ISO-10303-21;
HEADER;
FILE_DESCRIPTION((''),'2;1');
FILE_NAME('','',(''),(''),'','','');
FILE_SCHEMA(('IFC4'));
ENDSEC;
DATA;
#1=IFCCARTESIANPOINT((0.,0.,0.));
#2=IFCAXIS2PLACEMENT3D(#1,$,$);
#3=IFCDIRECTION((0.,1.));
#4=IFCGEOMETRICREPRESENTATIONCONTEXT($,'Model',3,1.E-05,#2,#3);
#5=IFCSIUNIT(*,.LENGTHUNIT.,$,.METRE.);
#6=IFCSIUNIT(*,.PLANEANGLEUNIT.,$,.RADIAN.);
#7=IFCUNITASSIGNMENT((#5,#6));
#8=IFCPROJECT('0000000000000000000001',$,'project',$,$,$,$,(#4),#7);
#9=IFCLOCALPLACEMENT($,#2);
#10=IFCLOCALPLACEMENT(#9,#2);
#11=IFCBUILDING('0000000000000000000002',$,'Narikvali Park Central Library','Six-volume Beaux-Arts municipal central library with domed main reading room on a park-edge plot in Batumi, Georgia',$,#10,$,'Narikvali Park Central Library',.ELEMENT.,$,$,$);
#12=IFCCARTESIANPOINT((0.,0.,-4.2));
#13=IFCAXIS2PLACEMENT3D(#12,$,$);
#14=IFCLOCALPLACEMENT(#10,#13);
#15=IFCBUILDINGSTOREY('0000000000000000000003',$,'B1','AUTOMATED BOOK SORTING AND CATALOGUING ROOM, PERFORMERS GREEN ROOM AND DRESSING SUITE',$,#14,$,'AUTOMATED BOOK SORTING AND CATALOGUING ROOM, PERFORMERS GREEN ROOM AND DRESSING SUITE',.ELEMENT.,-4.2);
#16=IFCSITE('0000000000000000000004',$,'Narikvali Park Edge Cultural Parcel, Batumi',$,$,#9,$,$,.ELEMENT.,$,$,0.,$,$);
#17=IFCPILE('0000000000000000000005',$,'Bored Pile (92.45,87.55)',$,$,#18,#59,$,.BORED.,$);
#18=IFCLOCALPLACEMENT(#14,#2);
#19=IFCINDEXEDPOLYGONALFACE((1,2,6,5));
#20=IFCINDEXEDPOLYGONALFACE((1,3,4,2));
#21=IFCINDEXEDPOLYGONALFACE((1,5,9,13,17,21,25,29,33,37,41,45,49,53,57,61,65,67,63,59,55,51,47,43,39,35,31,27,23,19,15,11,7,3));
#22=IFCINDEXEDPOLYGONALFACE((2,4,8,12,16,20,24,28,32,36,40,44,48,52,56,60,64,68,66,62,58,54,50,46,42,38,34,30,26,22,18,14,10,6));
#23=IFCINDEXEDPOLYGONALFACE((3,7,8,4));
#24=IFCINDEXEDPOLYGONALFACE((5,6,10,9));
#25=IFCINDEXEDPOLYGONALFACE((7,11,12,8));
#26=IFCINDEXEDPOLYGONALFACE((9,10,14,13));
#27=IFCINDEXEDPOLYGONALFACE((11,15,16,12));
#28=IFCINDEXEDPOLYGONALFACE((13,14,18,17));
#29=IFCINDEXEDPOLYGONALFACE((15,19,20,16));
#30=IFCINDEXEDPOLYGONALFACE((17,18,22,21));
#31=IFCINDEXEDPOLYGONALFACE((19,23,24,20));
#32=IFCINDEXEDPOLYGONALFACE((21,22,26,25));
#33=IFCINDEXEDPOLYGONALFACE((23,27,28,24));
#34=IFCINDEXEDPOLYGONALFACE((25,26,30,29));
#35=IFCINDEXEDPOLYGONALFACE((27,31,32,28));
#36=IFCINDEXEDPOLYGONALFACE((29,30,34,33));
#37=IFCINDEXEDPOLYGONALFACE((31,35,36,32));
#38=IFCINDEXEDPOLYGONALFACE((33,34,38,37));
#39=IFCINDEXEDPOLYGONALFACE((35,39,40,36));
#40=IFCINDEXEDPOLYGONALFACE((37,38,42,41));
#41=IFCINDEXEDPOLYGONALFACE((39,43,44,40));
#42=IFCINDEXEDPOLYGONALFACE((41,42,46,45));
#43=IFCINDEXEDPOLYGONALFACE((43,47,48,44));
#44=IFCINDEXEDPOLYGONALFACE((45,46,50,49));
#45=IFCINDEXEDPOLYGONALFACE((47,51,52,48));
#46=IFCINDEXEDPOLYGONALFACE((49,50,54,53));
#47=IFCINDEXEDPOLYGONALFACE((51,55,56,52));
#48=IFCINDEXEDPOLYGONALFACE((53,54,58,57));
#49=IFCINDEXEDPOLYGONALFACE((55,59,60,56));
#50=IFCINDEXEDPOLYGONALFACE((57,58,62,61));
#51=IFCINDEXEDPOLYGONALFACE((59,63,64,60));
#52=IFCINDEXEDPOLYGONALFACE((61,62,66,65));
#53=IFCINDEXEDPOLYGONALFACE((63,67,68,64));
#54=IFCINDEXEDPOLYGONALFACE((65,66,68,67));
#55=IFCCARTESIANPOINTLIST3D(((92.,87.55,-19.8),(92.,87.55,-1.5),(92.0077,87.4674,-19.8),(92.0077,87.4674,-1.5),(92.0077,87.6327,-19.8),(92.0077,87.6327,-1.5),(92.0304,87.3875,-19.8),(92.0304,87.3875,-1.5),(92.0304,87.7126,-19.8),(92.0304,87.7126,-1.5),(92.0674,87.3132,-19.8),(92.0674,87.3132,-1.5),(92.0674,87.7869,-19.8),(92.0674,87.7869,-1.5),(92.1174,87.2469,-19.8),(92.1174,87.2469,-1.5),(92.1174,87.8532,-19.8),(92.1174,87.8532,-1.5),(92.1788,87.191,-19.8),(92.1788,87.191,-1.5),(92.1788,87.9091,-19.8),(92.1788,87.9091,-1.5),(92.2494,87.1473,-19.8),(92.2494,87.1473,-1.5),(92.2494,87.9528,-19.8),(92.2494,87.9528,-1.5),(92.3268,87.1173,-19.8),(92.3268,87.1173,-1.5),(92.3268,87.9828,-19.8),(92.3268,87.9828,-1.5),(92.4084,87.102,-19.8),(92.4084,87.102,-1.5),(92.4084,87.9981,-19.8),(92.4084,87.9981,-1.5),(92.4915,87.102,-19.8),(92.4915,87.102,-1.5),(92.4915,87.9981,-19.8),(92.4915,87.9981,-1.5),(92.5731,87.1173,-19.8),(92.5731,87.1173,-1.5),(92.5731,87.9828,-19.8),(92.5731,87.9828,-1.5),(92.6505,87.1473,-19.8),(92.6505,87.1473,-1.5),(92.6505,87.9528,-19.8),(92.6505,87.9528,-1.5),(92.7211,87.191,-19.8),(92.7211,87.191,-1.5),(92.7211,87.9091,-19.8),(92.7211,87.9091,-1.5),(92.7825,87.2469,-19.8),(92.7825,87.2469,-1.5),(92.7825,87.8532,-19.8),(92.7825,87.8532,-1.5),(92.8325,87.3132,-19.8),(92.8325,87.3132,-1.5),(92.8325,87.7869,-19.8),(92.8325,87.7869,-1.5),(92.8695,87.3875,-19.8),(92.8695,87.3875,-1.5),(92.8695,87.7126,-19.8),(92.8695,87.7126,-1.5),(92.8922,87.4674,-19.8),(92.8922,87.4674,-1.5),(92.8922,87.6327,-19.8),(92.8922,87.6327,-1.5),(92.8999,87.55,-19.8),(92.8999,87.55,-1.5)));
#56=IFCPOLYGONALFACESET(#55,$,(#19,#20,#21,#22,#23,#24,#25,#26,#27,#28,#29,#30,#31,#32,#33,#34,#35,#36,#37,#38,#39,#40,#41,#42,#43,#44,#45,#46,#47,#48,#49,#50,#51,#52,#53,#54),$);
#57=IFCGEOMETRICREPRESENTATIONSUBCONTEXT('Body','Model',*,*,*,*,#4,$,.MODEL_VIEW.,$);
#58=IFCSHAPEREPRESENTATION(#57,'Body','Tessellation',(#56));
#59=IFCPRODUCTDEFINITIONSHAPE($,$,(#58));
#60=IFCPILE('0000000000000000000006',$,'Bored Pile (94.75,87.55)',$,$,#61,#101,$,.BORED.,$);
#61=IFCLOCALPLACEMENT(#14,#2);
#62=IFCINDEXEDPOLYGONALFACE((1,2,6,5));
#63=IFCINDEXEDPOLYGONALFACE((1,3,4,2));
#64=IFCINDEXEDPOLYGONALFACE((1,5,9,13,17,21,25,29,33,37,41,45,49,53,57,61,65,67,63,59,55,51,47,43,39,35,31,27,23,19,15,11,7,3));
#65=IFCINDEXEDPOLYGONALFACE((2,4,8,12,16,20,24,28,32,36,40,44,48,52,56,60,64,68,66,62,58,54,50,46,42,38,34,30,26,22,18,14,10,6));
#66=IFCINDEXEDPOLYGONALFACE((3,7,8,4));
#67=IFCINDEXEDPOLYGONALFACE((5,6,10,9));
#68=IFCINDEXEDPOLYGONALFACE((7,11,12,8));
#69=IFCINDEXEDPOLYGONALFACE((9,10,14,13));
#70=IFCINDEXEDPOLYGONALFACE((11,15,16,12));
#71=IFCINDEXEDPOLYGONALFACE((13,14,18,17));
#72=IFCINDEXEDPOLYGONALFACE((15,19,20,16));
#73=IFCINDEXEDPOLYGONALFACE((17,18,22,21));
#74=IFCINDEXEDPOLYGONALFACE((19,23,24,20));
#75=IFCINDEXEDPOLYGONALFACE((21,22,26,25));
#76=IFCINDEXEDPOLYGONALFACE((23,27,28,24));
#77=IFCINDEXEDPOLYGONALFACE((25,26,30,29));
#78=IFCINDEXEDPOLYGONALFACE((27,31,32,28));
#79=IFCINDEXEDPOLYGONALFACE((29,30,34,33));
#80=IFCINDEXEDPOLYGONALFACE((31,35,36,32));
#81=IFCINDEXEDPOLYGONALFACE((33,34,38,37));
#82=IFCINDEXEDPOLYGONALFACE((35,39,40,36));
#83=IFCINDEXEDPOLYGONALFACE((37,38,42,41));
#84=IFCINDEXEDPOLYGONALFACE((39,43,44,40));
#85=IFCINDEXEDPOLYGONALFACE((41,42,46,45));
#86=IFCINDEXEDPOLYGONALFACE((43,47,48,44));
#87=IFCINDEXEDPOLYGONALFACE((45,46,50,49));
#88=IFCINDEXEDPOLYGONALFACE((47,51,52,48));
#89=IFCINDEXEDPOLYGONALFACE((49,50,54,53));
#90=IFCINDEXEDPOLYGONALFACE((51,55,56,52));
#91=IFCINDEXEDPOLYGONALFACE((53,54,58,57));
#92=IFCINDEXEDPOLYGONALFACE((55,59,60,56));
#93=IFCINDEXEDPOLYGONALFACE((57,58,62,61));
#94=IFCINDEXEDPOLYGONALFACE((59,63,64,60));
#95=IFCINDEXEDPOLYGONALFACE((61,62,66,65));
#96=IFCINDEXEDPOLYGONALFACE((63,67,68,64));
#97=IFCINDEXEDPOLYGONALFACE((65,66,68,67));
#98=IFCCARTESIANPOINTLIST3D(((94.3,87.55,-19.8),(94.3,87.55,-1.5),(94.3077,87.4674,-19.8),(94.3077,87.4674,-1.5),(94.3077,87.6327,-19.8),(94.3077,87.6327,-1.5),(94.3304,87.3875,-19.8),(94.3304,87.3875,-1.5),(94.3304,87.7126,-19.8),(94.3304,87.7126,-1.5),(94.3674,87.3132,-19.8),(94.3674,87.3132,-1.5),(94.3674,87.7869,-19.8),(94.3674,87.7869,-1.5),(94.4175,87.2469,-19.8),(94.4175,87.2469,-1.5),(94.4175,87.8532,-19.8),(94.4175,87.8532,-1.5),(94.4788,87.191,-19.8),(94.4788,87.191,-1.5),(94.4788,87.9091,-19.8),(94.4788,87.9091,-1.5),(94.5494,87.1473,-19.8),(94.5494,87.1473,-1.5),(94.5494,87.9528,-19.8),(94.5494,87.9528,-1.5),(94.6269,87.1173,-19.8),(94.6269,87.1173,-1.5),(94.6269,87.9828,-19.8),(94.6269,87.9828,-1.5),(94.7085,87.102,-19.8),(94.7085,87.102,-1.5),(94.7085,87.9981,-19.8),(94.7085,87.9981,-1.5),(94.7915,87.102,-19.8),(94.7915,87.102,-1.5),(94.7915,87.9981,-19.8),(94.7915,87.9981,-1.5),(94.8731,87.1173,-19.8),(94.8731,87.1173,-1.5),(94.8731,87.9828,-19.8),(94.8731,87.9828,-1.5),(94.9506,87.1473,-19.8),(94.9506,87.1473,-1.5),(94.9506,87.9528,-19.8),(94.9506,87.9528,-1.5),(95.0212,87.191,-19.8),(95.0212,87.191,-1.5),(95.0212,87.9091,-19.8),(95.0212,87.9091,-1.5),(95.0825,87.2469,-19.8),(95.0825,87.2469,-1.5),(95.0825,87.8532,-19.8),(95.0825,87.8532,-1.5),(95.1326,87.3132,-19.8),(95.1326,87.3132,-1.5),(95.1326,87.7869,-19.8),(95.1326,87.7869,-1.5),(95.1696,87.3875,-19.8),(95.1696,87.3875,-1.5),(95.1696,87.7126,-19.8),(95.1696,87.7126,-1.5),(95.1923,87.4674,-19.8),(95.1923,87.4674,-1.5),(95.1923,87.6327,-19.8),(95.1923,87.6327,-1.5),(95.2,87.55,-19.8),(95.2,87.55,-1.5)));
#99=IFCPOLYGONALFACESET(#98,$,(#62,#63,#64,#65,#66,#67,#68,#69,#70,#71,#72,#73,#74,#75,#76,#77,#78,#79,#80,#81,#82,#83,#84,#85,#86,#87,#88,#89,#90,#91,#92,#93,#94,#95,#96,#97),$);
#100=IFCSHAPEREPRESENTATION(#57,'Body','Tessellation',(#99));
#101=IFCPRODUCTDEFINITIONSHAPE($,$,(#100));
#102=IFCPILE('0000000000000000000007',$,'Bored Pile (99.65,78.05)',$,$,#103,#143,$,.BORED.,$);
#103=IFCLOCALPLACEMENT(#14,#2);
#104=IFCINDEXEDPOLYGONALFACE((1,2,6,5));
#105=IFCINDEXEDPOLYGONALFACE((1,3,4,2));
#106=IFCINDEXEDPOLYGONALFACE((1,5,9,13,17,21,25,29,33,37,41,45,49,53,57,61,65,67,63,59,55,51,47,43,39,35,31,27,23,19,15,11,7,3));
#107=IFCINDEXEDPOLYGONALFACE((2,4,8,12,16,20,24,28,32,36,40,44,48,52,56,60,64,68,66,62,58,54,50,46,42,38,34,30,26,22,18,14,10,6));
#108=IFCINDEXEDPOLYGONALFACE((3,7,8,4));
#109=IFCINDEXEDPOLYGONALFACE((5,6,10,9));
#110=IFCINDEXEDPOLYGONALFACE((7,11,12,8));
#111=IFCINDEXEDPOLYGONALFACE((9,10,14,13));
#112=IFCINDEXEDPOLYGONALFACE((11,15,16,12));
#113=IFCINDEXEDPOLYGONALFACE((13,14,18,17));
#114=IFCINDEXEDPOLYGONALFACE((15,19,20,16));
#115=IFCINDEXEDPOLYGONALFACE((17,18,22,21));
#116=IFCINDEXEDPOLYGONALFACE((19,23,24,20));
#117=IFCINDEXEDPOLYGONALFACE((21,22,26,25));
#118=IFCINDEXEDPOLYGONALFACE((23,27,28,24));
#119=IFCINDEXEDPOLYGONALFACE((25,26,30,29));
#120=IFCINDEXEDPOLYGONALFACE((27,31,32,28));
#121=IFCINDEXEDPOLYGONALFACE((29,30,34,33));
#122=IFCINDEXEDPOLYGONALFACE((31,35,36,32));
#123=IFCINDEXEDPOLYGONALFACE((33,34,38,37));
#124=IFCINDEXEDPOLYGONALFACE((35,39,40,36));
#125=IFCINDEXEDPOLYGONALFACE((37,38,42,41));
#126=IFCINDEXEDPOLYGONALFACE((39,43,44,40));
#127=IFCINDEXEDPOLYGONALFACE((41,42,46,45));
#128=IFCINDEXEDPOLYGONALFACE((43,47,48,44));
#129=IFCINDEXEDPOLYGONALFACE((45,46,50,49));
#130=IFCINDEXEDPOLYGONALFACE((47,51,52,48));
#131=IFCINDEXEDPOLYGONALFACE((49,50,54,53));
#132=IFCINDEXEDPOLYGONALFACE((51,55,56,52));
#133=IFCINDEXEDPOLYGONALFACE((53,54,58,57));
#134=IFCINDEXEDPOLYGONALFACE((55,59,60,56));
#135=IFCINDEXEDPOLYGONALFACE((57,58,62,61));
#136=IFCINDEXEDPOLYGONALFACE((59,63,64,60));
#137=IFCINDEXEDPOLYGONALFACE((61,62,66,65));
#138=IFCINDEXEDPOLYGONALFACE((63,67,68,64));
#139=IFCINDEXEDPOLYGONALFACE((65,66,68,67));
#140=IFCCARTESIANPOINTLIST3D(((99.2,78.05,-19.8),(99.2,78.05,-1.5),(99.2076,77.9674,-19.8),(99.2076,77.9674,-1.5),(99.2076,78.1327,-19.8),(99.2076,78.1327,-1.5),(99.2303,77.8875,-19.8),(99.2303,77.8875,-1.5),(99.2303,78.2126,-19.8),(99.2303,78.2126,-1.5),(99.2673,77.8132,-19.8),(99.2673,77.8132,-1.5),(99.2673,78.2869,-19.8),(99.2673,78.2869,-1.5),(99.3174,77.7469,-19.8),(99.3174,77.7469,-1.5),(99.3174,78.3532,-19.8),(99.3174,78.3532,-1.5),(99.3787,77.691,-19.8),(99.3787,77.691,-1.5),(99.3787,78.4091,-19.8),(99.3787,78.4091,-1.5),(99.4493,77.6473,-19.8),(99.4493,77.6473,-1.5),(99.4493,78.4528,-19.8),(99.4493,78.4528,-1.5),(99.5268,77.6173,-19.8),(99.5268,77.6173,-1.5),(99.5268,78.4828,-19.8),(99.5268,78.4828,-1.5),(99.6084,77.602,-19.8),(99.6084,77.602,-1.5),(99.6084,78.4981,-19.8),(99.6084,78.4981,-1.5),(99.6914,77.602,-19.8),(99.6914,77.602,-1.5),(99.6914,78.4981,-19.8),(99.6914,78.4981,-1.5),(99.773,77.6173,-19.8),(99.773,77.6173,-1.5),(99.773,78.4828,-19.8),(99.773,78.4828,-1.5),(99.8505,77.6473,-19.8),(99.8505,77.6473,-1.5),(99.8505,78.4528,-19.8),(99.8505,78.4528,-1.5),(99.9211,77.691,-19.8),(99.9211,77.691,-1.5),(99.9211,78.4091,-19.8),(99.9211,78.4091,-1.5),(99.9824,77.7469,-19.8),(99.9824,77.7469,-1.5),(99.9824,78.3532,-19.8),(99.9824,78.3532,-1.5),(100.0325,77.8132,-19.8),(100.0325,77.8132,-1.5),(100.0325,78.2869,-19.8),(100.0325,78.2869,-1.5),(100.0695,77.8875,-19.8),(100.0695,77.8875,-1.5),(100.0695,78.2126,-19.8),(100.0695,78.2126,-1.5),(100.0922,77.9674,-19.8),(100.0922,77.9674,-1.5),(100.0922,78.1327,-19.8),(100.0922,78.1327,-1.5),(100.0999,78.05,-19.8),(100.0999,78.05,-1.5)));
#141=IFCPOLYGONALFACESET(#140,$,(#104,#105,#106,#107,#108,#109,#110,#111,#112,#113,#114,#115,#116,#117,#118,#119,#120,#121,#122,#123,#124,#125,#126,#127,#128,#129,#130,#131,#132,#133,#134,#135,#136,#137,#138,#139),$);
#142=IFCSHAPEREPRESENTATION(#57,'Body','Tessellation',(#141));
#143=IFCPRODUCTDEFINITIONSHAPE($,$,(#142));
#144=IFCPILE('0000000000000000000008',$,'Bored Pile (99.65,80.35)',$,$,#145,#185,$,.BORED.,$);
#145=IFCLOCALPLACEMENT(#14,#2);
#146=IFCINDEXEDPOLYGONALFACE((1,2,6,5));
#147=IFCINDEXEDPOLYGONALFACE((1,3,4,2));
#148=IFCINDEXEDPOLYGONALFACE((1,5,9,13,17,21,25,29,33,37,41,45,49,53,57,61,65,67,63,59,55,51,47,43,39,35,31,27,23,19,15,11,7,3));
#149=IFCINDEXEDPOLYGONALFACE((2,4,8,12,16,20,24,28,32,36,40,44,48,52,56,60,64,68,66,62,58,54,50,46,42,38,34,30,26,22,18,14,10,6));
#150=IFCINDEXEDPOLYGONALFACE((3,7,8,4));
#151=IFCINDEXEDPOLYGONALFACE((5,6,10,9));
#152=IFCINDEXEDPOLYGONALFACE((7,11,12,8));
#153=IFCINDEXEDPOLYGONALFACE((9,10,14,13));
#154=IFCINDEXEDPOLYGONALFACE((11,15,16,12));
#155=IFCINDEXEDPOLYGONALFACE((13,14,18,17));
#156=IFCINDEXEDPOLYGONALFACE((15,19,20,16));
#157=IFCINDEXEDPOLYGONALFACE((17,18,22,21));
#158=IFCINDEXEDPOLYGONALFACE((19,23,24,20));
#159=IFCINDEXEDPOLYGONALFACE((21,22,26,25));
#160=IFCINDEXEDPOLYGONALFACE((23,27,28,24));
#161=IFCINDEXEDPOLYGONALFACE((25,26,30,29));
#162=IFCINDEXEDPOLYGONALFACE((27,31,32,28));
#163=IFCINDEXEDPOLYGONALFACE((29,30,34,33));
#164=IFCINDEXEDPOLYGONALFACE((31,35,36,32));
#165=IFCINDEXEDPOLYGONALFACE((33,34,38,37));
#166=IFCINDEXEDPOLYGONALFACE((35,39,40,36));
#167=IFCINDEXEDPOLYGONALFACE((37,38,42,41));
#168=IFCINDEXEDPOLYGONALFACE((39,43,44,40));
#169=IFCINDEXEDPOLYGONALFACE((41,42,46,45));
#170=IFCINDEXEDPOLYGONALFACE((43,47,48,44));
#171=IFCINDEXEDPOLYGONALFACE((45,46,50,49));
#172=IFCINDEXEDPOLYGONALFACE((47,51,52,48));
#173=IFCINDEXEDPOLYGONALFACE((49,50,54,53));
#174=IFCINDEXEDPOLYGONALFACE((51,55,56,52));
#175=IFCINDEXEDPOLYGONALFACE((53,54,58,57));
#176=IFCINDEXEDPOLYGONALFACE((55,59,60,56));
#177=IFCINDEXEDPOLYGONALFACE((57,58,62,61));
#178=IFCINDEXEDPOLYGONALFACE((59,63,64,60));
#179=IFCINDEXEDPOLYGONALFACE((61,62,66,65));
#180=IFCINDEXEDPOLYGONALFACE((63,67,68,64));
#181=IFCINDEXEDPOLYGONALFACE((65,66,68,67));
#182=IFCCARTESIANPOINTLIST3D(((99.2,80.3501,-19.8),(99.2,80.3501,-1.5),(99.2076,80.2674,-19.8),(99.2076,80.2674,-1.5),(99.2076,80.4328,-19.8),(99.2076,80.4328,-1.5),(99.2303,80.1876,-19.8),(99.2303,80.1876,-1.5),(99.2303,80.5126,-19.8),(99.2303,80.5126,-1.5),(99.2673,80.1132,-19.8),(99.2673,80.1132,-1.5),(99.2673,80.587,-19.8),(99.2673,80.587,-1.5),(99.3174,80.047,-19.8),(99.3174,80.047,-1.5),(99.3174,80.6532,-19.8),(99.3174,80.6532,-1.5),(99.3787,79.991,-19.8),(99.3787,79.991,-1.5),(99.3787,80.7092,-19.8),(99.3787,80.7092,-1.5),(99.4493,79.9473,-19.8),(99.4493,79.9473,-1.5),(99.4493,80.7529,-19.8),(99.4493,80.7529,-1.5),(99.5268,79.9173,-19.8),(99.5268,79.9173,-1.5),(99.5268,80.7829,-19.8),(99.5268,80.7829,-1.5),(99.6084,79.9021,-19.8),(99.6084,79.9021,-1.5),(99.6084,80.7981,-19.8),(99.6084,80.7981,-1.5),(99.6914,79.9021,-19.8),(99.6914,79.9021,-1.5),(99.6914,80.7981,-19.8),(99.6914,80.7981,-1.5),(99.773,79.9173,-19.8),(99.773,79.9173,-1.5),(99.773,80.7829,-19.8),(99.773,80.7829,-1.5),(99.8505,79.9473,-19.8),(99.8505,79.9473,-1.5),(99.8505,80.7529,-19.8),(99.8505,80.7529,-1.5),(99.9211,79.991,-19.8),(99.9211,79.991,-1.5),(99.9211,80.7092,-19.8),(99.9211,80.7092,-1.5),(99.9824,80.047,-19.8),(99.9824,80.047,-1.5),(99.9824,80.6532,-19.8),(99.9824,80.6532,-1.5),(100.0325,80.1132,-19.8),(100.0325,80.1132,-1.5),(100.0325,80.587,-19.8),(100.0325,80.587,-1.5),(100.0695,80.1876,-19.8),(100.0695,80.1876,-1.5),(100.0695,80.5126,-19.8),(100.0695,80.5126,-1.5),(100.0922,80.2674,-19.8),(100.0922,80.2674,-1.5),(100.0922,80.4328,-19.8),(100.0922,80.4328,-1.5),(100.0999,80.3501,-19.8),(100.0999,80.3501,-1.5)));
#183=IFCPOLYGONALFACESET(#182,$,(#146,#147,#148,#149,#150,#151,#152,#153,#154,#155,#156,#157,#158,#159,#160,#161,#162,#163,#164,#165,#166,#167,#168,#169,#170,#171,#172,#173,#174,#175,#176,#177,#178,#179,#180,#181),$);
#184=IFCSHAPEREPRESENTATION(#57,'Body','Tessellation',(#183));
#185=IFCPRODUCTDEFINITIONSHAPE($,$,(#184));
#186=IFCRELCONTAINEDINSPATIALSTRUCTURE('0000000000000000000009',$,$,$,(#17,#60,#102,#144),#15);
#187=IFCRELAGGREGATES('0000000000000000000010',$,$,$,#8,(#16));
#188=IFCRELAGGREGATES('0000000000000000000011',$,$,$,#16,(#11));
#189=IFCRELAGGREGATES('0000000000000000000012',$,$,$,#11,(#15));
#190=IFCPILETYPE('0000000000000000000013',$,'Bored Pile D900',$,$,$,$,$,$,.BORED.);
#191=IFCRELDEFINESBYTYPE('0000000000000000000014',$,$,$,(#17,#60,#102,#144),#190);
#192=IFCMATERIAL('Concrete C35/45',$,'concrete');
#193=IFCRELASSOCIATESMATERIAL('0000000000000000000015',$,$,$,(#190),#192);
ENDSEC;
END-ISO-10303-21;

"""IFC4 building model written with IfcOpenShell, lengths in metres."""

from ifc_helpers import new_model, si_unit, direction, frame, origin, origin_2d, place, context, subcontext, project, spatial, circle, extrude, material, material_profile, profile_set, type_object, element, save


model = new_model("IFC4")

# Units and contexts
model_context = context("Model", 3, precision=1e-05, world=origin(), true_north=direction((0.0, 1.0)))
body_context = subcontext(model_context, "Body", "Model", "MODEL_VIEW")
ifc_project = project(units=[si_unit("LENGTHUNIT", "METRE"), si_unit("PLANEANGLEUNIT", "RADIAN")], contexts=[model_context])

# Site, building, storey
site_placement = place(None, origin())
site = spatial("IfcSite", under=ifc_project, at=site_placement, Name="Narikvali Park Edge Cultural Parcel, Batumi", CompositionType="ELEMENT", RefElevation=0.0)
building_placement = place(site_placement, origin())
building = spatial("IfcBuilding", under=site, at=building_placement, Name="Narikvali Park Central Library", Description="Six-volume Beaux-Arts municipal central library with domed main reading room on a park-edge plot in Batumi, Georgia", LongName="Narikvali Park Central Library", CompositionType="ELEMENT")
storey_placement = place(building_placement, frame((0.0, 0.0, -4.2)))
storey = spatial("IfcBuildingStorey", under=building, at=storey_placement, Name="B1", Description="AUTOMATED BOOK SORTING AND CATALOGUING ROOM, PERFORMERS GREEN ROOM AND DRESSING SUITE", LongName="AUTOMATED BOOK SORTING AND CATALOGUING ROOM, PERFORMERS GREEN ROOM AND DRESSING SUITE", CompositionType="ELEMENT", Elevation=-4.2)

# Piles
ifc_material_1 = material(Name="Concrete C35/45", Category="concrete")
ifc_material_profile_1 = material_profile(ifc_material_1, circle(Radius=0.45, at=origin_2d()), Name="PILE D900")
ifc_profile_set_1 = profile_set([ifc_material_profile_1], Name="Concrete C35/45")
pile_type = type_object("IfcPileType", Name="Bored Pile D900", PredefinedType="BORED", material=ifc_profile_set_1)
for number, where, z_axis, x_axis, name in (
    (1, (92.45, 87.55, -1.5), (0.0, 0.0, -1.0), (1.0, 0.0, 0.0), "Bored Pile (92.45,87.55)"),
    (2, (94.75, 87.55, -1.5), (0.0, 0.0, -1.0), (1.0, 0.0, 0.0), "Bored Pile (94.75,87.55)"),
    (3, (99.6499, 78.05, -1.5), (0.0, 0.0, -1.0), (1.0, 0.0, 0.0), "Bored Pile (99.65,78.05)"),
    (4, (99.6499, 80.3501, -1.5), (0.0, 0.0, -1.0), (1.0, 0.0, 0.0), "Bored Pile (99.65,80.35)"),
):
    element("IfcPile", number, at=place(storey_placement, frame(where, z_axis=z_axis, x_axis=x_axis)), inside=storey, type_object=pile_type, Name=name, PredefinedType="BORED", context=body_context, shape_type="SweptSolid", body=[
        extrude(circle(Radius=0.45, at=origin_2d()), origin(), (0.0, 0.0, 1.0), 18.3),
    ])

save(model, "model.ifc")
